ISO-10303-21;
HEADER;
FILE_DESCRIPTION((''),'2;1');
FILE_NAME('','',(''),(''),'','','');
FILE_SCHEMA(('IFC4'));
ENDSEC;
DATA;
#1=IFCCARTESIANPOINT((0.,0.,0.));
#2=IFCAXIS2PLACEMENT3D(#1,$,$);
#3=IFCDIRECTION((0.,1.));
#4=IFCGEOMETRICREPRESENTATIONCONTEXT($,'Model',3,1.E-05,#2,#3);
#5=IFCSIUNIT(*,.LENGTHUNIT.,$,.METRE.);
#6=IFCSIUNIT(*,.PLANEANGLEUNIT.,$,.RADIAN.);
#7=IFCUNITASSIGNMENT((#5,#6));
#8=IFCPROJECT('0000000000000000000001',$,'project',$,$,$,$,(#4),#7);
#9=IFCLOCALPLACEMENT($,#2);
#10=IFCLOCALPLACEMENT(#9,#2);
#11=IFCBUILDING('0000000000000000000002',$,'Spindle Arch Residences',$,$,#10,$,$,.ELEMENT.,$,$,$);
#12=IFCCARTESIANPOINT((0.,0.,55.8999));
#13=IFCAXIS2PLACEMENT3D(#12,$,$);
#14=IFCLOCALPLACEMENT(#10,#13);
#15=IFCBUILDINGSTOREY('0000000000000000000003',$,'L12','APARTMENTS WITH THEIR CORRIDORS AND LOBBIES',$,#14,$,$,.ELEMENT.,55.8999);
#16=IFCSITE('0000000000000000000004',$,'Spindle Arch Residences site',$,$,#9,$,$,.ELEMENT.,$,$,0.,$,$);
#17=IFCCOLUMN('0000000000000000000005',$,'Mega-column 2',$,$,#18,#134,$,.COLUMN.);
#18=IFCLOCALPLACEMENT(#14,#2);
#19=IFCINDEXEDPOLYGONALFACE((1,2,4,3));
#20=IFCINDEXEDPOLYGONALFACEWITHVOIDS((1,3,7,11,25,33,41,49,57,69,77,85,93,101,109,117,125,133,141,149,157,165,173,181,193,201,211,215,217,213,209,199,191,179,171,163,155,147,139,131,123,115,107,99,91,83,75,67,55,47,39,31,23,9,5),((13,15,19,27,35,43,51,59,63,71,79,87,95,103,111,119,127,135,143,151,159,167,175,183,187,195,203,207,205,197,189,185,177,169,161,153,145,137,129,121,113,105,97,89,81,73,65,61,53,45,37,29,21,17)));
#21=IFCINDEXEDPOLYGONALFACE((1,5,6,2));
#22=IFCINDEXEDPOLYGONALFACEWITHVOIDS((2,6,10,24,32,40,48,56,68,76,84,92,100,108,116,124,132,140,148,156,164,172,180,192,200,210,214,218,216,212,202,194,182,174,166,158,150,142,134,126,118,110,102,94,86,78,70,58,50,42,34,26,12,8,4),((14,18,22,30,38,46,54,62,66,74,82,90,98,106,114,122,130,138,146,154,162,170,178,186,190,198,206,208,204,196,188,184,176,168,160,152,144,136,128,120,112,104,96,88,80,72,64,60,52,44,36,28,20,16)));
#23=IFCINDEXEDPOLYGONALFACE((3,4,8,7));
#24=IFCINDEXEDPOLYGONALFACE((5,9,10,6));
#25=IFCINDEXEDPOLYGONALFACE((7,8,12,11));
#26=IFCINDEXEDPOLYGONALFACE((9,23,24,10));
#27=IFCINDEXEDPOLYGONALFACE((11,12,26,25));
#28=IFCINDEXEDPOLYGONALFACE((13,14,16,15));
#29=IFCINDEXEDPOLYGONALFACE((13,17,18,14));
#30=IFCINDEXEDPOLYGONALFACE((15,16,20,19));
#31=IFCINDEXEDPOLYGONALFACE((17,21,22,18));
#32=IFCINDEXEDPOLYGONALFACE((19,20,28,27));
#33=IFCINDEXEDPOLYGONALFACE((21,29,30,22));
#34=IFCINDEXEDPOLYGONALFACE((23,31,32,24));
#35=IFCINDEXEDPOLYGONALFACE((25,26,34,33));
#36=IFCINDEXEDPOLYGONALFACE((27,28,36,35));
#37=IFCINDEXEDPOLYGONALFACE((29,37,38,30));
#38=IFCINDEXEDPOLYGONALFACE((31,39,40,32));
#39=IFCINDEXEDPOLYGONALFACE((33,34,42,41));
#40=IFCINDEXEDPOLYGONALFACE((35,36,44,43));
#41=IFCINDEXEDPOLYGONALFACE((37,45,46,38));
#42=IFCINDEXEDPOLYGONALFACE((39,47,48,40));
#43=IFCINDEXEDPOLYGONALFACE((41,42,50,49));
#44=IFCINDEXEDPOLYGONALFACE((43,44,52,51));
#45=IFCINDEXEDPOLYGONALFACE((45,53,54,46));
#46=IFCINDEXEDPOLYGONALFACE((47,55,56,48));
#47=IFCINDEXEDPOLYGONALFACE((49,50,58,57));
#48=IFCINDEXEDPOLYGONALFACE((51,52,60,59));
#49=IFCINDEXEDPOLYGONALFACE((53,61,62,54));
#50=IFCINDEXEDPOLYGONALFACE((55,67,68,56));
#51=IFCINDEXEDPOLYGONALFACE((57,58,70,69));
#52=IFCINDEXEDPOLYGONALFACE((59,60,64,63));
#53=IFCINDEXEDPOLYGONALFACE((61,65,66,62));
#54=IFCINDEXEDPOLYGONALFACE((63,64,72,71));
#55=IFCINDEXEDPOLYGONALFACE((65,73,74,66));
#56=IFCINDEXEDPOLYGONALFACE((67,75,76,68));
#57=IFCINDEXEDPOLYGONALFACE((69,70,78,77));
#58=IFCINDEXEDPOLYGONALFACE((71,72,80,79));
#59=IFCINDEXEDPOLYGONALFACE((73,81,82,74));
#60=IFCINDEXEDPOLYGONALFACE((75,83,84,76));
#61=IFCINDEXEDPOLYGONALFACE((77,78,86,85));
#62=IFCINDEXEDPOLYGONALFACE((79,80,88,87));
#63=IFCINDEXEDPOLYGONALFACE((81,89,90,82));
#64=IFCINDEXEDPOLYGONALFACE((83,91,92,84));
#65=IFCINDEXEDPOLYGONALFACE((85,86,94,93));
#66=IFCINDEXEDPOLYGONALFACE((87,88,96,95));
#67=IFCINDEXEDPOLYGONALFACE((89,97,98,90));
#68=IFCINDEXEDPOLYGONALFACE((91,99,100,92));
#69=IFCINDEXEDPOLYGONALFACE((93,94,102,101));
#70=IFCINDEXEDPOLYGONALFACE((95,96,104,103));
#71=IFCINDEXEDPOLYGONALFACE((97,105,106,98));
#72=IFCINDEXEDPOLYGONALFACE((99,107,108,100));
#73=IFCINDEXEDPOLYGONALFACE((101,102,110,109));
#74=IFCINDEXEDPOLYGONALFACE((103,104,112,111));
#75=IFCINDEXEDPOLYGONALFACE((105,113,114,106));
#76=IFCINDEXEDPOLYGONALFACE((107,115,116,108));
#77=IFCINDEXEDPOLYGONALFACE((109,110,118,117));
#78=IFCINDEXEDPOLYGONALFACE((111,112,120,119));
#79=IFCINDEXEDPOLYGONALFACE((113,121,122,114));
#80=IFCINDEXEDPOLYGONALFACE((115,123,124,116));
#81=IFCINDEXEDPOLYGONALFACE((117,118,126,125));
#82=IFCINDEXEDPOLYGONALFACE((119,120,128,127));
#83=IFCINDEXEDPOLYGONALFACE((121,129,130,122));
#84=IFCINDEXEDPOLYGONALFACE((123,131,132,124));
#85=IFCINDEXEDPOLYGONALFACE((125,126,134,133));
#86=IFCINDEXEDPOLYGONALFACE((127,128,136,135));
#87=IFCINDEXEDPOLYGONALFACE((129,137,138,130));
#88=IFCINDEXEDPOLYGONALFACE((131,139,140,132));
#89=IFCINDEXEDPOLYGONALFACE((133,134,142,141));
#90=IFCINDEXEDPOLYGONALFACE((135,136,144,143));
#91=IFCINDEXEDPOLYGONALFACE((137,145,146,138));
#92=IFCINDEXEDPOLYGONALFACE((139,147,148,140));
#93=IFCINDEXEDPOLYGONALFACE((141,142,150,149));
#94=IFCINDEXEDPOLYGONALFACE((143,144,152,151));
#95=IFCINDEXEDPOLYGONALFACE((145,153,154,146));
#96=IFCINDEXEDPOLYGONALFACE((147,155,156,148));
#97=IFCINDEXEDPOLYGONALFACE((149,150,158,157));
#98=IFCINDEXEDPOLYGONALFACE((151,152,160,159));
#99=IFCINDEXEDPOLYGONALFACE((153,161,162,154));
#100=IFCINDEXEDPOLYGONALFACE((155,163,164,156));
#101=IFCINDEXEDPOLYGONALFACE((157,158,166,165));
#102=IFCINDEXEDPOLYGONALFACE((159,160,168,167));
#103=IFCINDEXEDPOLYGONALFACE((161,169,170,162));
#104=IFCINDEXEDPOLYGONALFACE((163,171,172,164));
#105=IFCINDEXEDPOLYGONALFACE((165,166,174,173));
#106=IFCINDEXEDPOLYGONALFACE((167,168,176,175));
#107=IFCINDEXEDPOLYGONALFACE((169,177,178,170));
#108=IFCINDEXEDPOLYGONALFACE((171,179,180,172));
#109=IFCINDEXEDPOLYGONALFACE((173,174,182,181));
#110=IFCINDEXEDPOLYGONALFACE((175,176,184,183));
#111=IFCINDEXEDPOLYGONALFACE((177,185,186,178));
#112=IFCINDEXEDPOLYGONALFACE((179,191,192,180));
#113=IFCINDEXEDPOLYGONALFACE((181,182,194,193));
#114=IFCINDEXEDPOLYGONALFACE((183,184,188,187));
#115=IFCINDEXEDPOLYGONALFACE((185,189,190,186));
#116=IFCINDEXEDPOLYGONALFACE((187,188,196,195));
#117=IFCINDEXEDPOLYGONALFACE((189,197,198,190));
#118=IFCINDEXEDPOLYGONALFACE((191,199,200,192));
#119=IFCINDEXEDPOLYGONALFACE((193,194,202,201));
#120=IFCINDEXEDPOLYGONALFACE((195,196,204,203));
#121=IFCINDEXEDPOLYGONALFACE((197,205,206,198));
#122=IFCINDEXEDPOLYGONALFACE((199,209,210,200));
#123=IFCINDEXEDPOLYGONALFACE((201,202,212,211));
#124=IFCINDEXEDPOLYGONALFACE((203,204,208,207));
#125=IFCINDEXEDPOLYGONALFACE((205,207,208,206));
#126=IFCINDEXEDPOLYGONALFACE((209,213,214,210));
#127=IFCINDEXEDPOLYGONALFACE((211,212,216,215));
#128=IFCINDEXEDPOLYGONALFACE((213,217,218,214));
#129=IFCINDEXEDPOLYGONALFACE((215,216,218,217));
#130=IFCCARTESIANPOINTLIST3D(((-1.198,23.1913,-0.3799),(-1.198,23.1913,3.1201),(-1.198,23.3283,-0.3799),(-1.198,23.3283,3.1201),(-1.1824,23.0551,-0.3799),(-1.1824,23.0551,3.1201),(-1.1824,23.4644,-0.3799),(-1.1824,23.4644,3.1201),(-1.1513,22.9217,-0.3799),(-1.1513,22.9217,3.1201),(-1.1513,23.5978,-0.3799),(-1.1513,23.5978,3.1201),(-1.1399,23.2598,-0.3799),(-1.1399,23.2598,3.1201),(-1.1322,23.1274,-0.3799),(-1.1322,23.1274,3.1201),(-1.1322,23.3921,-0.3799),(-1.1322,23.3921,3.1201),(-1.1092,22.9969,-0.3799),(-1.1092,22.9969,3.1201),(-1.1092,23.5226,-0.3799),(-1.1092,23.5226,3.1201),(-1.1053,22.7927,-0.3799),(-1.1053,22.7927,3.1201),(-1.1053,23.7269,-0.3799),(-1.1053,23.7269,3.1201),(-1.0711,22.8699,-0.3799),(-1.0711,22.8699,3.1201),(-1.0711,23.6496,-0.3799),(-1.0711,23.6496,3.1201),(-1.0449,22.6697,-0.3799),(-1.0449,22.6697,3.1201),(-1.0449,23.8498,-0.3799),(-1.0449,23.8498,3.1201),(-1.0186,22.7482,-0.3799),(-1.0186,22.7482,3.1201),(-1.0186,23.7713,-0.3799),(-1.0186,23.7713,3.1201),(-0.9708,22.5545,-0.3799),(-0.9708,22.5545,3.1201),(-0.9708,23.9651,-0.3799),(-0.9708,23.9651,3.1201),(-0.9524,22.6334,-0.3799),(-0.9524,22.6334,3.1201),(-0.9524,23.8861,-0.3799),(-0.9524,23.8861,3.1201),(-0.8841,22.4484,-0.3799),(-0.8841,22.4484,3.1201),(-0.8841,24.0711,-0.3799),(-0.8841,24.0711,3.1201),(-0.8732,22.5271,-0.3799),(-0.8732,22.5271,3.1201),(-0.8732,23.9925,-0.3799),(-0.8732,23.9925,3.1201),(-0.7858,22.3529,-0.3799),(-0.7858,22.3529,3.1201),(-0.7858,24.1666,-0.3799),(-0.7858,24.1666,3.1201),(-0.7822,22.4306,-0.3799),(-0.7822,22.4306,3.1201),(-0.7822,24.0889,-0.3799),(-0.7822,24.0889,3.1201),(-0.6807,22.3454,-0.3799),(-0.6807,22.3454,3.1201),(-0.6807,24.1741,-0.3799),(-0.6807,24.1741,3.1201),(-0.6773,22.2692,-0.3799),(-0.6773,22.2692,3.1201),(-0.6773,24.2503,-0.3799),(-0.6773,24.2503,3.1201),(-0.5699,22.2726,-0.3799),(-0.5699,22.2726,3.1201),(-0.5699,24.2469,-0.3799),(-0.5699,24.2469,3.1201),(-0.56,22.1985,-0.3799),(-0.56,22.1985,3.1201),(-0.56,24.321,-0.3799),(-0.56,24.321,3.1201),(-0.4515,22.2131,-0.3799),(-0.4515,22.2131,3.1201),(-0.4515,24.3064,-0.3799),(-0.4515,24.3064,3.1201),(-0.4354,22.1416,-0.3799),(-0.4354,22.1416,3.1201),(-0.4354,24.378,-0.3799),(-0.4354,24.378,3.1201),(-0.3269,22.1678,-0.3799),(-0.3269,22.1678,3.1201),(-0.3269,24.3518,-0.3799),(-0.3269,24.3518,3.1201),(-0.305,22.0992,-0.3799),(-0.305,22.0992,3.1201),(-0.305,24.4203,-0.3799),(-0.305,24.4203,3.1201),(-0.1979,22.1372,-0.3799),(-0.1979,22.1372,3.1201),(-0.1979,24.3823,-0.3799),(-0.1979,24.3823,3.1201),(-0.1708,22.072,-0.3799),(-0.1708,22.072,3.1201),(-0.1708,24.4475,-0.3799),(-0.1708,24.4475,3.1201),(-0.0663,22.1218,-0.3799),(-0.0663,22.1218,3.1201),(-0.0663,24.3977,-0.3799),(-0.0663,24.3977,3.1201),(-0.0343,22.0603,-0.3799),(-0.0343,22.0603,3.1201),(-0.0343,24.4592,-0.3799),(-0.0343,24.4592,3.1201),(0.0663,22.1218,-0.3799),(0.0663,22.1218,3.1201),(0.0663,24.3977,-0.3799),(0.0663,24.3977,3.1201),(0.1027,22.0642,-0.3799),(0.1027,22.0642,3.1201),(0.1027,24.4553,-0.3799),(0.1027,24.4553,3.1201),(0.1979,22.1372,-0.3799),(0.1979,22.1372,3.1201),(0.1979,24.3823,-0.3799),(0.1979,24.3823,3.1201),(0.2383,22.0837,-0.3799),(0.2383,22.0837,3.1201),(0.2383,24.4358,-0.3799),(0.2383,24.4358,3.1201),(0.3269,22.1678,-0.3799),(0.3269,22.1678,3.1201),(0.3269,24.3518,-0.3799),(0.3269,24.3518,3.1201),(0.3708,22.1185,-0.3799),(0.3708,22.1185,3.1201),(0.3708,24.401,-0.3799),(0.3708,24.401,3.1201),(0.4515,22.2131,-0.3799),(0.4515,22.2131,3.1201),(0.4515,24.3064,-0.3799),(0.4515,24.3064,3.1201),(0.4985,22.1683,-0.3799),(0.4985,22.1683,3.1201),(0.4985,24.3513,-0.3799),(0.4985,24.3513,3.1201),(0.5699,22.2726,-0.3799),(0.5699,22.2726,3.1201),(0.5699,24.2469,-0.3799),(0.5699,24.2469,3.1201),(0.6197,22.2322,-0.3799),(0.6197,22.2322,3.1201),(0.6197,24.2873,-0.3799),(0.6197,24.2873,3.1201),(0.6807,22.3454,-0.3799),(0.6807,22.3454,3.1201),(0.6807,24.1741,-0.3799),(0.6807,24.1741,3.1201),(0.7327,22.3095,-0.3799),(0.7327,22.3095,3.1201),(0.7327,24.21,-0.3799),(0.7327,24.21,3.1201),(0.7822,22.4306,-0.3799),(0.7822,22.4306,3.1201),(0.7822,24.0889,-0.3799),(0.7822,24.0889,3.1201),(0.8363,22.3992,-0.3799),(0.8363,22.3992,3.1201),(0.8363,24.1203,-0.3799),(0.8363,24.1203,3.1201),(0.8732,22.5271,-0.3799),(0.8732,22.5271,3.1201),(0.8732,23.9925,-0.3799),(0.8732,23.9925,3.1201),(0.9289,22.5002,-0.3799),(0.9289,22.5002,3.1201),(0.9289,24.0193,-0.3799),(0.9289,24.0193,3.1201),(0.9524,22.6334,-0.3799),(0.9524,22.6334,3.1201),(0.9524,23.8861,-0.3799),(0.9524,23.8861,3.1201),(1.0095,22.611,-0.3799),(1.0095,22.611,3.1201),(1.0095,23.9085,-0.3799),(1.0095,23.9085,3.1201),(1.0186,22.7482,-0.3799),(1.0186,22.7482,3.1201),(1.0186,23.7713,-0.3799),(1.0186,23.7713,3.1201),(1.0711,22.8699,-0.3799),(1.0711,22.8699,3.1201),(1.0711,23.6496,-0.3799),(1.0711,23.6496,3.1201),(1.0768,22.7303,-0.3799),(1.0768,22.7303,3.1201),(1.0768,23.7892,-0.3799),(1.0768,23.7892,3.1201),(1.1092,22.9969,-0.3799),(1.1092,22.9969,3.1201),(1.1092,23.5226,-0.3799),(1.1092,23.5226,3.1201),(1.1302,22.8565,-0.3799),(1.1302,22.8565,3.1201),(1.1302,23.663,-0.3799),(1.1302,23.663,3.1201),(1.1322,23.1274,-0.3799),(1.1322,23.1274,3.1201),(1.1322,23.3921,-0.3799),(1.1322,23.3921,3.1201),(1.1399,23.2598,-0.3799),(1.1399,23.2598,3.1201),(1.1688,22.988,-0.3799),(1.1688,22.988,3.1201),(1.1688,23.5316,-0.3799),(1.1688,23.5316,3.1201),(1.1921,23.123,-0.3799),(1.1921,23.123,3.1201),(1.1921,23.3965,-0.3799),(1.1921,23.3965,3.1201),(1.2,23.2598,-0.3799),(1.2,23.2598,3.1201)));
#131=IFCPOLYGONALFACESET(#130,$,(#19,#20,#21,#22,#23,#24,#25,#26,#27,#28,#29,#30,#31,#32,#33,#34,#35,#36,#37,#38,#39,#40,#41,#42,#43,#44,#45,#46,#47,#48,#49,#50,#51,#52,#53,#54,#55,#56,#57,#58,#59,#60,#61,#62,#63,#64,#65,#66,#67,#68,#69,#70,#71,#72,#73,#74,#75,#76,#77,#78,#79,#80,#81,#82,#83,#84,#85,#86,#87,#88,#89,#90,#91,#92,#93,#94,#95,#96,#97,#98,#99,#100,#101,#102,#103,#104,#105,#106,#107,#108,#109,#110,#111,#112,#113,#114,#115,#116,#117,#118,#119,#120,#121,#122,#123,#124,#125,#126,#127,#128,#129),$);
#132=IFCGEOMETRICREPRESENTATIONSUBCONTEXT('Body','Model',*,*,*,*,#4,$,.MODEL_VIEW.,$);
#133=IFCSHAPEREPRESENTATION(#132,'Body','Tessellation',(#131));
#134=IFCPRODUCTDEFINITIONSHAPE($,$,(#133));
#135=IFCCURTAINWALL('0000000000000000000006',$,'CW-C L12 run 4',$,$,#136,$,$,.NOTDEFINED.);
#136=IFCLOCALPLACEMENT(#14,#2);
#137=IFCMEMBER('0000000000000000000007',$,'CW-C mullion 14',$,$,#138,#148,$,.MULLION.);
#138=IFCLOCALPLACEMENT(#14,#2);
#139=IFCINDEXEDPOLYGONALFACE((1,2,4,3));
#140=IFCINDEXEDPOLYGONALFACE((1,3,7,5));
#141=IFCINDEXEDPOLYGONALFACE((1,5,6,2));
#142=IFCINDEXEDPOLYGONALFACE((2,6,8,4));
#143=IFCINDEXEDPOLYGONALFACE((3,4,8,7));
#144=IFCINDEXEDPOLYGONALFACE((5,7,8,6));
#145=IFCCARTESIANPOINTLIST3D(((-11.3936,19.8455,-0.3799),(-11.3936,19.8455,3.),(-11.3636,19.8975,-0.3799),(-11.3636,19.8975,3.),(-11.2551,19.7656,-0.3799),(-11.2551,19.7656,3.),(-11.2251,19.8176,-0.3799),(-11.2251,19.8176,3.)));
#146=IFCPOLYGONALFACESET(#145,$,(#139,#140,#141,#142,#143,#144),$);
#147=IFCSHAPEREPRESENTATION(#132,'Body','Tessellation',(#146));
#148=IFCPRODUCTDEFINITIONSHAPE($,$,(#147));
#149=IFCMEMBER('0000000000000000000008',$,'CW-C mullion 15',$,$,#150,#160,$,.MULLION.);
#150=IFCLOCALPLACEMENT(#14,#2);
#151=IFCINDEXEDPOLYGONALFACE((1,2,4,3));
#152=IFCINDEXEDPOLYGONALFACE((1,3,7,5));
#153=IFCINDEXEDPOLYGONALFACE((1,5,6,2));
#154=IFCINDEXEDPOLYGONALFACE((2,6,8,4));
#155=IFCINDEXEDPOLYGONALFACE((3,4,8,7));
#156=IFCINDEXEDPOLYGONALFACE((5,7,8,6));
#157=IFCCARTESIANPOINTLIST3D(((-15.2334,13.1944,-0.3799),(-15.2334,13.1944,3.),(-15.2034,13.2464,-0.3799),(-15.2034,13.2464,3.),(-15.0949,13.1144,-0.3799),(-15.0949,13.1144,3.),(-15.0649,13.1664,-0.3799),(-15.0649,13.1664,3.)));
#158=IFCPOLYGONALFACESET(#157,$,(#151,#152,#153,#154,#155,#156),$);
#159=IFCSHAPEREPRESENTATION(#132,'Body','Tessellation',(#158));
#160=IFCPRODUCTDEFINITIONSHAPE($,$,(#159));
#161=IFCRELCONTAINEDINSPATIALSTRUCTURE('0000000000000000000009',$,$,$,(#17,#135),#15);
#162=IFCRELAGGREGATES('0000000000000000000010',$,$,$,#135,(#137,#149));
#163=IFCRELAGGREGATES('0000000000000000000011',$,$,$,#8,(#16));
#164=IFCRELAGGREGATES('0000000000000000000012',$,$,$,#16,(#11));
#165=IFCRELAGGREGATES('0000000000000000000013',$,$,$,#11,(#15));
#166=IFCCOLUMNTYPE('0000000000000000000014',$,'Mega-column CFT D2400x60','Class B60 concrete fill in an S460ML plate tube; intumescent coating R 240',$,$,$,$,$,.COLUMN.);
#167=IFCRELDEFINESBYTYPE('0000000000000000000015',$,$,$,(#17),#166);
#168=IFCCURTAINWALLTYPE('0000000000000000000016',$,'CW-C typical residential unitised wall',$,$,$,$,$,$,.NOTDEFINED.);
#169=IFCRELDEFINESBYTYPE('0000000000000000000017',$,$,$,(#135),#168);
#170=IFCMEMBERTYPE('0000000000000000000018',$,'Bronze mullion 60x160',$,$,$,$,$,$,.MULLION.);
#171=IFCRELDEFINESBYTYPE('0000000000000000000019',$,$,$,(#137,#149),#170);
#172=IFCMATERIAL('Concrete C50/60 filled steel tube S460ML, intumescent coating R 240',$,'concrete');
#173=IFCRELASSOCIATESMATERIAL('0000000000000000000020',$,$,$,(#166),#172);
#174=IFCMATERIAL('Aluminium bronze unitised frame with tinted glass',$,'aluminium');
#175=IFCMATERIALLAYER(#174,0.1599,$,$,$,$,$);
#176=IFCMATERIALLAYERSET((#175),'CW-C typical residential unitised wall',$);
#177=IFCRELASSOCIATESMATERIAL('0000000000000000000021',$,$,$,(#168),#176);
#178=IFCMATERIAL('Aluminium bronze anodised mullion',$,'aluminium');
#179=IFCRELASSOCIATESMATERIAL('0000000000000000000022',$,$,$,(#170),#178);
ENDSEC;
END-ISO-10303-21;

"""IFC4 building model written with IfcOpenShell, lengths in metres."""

from ifc_helpers import new_model, si_unit, direction, frame, origin, origin_2d, place, context, subcontext, project, spatial, rectangle, hollow_circle, extrude, material, layer, layer_set, material_profile, profile_set, type_object, element, aggregate, save


model = new_model("IFC4")

# Units and contexts
model_context = context("Model", 3, precision=1e-05, world=origin(), true_north=direction((0.0, 1.0)))
body_context = subcontext(model_context, "Body", "Model", "MODEL_VIEW")
ifc_project = project(units=[si_unit("LENGTHUNIT", "METRE"), si_unit("PLANEANGLEUNIT", "RADIAN")], contexts=[model_context])

# Site, building, storey
site_placement = place(None, origin())
site = spatial("IfcSite", under=ifc_project, at=site_placement, Name="Spindle Arch Residences site", CompositionType="ELEMENT", RefElevation=0.0)
building_placement = place(site_placement, origin())
building = spatial("IfcBuilding", under=site, at=building_placement, Name="Spindle Arch Residences", CompositionType="ELEMENT")
storey_placement = place(building_placement, frame((0.0, 0.0, 55.8999)))
storey = spatial("IfcBuildingStorey", under=building, at=storey_placement, Name="L12", Description="APARTMENTS WITH THEIR CORRIDORS AND LOBBIES", CompositionType="ELEMENT", Elevation=55.8999)

# Column
ifc_material_1 = material(Name="Concrete C50/60 filled steel tube S460ML, intumescent coating R 240", Category="concrete")
ifc_material_profile_1 = material_profile(ifc_material_1, hollow_circle(Radius=1.2, WallThickness=0.0601, at=origin_2d()), Name="CFT D2400x60")
ifc_profile_set_1 = profile_set([ifc_material_profile_1], Name="Concrete C50/60 filled steel tube S460ML, intumescent coating R 240")
column_type_1 = type_object("IfcColumnType", Name="Mega-column CFT D2400x60", Description="Class B60 concrete fill in an S460ML plate tube; intumescent coating R 240", PredefinedType="COLUMN", material=ifc_profile_set_1)
column_placement = place(storey_placement, frame((0.0, 23.2598, -0.3799), z_axis=(0.0, 0.0, 1.0), x_axis=(1.0, 0.0, 0.0)))
element("IfcColumn", 1, at=column_placement, inside=storey, type_object=column_type_1, Name="Mega-column 2", PredefinedType="COLUMN", context=body_context, shape_type="SweptSolid", body=[
    extrude(hollow_circle(Radius=1.2, WallThickness=0.0601, at=origin_2d()), origin(), (0.0, 0.0, 1.0), 3.5),
])

# Curtain wall, members
ifc_material_2 = material(Name="Aluminium bronze unitised frame with tinted glass", Category="aluminium")
ifc_layer_1 = layer(ifc_material_2, 0.1599)
ifc_layer_set_1 = layer_set([ifc_layer_1], Name="CW-C typical residential unitised wall")
curtain_wall_type = type_object("IfcCurtainWallType", Name="CW-C typical residential unitised wall", PredefinedType="NOTDEFINED", material=ifc_layer_set_1)
curtain_wall_placement = place(storey_placement, origin())
curtain_wall = element("IfcCurtainWall", 2, at=curtain_wall_placement, inside=storey, type_object=curtain_wall_type, Name="CW-C L12 run 4", PredefinedType="NOTDEFINED")
ifc_material_3 = material(Name="Aluminium bronze anodised mullion", Category="aluminium")
ifc_material_profile_2 = material_profile(ifc_material_3, rectangle(XDim=0.1599, YDim=0.0601, at=origin_2d()), Name="MU 60x160")
ifc_profile_set_2 = profile_set([ifc_material_profile_2], Name="Aluminium bronze anodised mullion")
member_type = type_object("IfcMemberType", Name="Bronze mullion 60x160", PredefinedType="MULLION", material=ifc_profile_set_2)
member_1_placement = place(storey_placement, frame((-11.3093, 19.8315, -0.3799), z_axis=(0.0, 0.0, 1.0), x_axis=(0.866025, -0.5, 0.0)))
member_1 = element("IfcMember", 3, at=member_1_placement, type_object=member_type, Name="CW-C mullion 14", PredefinedType="MULLION", context=body_context, shape_type="SweptSolid", body=[
    extrude(rectangle(XDim=0.1599, YDim=0.0601, at=origin_2d()), origin(), (0.0, 0.0, 1.0), 3.3799),
])
member_2_placement = place(storey_placement, frame((-15.1492, 13.1804, -0.3799), z_axis=(0.0, 0.0, 1.0), x_axis=(0.866025, -0.5, 0.0)))
member_2 = element("IfcMember", 4, at=member_2_placement, type_object=member_type, Name="CW-C mullion 15", PredefinedType="MULLION", context=body_context, shape_type="SweptSolid", body=[
    extrude(rectangle(XDim=0.1599, YDim=0.0601, at=origin_2d()), origin(), (0.0, 0.0, 1.0), 3.3799),
])

aggregate(curtain_wall, [member_1, member_2])

save(model, "model.ifc")
